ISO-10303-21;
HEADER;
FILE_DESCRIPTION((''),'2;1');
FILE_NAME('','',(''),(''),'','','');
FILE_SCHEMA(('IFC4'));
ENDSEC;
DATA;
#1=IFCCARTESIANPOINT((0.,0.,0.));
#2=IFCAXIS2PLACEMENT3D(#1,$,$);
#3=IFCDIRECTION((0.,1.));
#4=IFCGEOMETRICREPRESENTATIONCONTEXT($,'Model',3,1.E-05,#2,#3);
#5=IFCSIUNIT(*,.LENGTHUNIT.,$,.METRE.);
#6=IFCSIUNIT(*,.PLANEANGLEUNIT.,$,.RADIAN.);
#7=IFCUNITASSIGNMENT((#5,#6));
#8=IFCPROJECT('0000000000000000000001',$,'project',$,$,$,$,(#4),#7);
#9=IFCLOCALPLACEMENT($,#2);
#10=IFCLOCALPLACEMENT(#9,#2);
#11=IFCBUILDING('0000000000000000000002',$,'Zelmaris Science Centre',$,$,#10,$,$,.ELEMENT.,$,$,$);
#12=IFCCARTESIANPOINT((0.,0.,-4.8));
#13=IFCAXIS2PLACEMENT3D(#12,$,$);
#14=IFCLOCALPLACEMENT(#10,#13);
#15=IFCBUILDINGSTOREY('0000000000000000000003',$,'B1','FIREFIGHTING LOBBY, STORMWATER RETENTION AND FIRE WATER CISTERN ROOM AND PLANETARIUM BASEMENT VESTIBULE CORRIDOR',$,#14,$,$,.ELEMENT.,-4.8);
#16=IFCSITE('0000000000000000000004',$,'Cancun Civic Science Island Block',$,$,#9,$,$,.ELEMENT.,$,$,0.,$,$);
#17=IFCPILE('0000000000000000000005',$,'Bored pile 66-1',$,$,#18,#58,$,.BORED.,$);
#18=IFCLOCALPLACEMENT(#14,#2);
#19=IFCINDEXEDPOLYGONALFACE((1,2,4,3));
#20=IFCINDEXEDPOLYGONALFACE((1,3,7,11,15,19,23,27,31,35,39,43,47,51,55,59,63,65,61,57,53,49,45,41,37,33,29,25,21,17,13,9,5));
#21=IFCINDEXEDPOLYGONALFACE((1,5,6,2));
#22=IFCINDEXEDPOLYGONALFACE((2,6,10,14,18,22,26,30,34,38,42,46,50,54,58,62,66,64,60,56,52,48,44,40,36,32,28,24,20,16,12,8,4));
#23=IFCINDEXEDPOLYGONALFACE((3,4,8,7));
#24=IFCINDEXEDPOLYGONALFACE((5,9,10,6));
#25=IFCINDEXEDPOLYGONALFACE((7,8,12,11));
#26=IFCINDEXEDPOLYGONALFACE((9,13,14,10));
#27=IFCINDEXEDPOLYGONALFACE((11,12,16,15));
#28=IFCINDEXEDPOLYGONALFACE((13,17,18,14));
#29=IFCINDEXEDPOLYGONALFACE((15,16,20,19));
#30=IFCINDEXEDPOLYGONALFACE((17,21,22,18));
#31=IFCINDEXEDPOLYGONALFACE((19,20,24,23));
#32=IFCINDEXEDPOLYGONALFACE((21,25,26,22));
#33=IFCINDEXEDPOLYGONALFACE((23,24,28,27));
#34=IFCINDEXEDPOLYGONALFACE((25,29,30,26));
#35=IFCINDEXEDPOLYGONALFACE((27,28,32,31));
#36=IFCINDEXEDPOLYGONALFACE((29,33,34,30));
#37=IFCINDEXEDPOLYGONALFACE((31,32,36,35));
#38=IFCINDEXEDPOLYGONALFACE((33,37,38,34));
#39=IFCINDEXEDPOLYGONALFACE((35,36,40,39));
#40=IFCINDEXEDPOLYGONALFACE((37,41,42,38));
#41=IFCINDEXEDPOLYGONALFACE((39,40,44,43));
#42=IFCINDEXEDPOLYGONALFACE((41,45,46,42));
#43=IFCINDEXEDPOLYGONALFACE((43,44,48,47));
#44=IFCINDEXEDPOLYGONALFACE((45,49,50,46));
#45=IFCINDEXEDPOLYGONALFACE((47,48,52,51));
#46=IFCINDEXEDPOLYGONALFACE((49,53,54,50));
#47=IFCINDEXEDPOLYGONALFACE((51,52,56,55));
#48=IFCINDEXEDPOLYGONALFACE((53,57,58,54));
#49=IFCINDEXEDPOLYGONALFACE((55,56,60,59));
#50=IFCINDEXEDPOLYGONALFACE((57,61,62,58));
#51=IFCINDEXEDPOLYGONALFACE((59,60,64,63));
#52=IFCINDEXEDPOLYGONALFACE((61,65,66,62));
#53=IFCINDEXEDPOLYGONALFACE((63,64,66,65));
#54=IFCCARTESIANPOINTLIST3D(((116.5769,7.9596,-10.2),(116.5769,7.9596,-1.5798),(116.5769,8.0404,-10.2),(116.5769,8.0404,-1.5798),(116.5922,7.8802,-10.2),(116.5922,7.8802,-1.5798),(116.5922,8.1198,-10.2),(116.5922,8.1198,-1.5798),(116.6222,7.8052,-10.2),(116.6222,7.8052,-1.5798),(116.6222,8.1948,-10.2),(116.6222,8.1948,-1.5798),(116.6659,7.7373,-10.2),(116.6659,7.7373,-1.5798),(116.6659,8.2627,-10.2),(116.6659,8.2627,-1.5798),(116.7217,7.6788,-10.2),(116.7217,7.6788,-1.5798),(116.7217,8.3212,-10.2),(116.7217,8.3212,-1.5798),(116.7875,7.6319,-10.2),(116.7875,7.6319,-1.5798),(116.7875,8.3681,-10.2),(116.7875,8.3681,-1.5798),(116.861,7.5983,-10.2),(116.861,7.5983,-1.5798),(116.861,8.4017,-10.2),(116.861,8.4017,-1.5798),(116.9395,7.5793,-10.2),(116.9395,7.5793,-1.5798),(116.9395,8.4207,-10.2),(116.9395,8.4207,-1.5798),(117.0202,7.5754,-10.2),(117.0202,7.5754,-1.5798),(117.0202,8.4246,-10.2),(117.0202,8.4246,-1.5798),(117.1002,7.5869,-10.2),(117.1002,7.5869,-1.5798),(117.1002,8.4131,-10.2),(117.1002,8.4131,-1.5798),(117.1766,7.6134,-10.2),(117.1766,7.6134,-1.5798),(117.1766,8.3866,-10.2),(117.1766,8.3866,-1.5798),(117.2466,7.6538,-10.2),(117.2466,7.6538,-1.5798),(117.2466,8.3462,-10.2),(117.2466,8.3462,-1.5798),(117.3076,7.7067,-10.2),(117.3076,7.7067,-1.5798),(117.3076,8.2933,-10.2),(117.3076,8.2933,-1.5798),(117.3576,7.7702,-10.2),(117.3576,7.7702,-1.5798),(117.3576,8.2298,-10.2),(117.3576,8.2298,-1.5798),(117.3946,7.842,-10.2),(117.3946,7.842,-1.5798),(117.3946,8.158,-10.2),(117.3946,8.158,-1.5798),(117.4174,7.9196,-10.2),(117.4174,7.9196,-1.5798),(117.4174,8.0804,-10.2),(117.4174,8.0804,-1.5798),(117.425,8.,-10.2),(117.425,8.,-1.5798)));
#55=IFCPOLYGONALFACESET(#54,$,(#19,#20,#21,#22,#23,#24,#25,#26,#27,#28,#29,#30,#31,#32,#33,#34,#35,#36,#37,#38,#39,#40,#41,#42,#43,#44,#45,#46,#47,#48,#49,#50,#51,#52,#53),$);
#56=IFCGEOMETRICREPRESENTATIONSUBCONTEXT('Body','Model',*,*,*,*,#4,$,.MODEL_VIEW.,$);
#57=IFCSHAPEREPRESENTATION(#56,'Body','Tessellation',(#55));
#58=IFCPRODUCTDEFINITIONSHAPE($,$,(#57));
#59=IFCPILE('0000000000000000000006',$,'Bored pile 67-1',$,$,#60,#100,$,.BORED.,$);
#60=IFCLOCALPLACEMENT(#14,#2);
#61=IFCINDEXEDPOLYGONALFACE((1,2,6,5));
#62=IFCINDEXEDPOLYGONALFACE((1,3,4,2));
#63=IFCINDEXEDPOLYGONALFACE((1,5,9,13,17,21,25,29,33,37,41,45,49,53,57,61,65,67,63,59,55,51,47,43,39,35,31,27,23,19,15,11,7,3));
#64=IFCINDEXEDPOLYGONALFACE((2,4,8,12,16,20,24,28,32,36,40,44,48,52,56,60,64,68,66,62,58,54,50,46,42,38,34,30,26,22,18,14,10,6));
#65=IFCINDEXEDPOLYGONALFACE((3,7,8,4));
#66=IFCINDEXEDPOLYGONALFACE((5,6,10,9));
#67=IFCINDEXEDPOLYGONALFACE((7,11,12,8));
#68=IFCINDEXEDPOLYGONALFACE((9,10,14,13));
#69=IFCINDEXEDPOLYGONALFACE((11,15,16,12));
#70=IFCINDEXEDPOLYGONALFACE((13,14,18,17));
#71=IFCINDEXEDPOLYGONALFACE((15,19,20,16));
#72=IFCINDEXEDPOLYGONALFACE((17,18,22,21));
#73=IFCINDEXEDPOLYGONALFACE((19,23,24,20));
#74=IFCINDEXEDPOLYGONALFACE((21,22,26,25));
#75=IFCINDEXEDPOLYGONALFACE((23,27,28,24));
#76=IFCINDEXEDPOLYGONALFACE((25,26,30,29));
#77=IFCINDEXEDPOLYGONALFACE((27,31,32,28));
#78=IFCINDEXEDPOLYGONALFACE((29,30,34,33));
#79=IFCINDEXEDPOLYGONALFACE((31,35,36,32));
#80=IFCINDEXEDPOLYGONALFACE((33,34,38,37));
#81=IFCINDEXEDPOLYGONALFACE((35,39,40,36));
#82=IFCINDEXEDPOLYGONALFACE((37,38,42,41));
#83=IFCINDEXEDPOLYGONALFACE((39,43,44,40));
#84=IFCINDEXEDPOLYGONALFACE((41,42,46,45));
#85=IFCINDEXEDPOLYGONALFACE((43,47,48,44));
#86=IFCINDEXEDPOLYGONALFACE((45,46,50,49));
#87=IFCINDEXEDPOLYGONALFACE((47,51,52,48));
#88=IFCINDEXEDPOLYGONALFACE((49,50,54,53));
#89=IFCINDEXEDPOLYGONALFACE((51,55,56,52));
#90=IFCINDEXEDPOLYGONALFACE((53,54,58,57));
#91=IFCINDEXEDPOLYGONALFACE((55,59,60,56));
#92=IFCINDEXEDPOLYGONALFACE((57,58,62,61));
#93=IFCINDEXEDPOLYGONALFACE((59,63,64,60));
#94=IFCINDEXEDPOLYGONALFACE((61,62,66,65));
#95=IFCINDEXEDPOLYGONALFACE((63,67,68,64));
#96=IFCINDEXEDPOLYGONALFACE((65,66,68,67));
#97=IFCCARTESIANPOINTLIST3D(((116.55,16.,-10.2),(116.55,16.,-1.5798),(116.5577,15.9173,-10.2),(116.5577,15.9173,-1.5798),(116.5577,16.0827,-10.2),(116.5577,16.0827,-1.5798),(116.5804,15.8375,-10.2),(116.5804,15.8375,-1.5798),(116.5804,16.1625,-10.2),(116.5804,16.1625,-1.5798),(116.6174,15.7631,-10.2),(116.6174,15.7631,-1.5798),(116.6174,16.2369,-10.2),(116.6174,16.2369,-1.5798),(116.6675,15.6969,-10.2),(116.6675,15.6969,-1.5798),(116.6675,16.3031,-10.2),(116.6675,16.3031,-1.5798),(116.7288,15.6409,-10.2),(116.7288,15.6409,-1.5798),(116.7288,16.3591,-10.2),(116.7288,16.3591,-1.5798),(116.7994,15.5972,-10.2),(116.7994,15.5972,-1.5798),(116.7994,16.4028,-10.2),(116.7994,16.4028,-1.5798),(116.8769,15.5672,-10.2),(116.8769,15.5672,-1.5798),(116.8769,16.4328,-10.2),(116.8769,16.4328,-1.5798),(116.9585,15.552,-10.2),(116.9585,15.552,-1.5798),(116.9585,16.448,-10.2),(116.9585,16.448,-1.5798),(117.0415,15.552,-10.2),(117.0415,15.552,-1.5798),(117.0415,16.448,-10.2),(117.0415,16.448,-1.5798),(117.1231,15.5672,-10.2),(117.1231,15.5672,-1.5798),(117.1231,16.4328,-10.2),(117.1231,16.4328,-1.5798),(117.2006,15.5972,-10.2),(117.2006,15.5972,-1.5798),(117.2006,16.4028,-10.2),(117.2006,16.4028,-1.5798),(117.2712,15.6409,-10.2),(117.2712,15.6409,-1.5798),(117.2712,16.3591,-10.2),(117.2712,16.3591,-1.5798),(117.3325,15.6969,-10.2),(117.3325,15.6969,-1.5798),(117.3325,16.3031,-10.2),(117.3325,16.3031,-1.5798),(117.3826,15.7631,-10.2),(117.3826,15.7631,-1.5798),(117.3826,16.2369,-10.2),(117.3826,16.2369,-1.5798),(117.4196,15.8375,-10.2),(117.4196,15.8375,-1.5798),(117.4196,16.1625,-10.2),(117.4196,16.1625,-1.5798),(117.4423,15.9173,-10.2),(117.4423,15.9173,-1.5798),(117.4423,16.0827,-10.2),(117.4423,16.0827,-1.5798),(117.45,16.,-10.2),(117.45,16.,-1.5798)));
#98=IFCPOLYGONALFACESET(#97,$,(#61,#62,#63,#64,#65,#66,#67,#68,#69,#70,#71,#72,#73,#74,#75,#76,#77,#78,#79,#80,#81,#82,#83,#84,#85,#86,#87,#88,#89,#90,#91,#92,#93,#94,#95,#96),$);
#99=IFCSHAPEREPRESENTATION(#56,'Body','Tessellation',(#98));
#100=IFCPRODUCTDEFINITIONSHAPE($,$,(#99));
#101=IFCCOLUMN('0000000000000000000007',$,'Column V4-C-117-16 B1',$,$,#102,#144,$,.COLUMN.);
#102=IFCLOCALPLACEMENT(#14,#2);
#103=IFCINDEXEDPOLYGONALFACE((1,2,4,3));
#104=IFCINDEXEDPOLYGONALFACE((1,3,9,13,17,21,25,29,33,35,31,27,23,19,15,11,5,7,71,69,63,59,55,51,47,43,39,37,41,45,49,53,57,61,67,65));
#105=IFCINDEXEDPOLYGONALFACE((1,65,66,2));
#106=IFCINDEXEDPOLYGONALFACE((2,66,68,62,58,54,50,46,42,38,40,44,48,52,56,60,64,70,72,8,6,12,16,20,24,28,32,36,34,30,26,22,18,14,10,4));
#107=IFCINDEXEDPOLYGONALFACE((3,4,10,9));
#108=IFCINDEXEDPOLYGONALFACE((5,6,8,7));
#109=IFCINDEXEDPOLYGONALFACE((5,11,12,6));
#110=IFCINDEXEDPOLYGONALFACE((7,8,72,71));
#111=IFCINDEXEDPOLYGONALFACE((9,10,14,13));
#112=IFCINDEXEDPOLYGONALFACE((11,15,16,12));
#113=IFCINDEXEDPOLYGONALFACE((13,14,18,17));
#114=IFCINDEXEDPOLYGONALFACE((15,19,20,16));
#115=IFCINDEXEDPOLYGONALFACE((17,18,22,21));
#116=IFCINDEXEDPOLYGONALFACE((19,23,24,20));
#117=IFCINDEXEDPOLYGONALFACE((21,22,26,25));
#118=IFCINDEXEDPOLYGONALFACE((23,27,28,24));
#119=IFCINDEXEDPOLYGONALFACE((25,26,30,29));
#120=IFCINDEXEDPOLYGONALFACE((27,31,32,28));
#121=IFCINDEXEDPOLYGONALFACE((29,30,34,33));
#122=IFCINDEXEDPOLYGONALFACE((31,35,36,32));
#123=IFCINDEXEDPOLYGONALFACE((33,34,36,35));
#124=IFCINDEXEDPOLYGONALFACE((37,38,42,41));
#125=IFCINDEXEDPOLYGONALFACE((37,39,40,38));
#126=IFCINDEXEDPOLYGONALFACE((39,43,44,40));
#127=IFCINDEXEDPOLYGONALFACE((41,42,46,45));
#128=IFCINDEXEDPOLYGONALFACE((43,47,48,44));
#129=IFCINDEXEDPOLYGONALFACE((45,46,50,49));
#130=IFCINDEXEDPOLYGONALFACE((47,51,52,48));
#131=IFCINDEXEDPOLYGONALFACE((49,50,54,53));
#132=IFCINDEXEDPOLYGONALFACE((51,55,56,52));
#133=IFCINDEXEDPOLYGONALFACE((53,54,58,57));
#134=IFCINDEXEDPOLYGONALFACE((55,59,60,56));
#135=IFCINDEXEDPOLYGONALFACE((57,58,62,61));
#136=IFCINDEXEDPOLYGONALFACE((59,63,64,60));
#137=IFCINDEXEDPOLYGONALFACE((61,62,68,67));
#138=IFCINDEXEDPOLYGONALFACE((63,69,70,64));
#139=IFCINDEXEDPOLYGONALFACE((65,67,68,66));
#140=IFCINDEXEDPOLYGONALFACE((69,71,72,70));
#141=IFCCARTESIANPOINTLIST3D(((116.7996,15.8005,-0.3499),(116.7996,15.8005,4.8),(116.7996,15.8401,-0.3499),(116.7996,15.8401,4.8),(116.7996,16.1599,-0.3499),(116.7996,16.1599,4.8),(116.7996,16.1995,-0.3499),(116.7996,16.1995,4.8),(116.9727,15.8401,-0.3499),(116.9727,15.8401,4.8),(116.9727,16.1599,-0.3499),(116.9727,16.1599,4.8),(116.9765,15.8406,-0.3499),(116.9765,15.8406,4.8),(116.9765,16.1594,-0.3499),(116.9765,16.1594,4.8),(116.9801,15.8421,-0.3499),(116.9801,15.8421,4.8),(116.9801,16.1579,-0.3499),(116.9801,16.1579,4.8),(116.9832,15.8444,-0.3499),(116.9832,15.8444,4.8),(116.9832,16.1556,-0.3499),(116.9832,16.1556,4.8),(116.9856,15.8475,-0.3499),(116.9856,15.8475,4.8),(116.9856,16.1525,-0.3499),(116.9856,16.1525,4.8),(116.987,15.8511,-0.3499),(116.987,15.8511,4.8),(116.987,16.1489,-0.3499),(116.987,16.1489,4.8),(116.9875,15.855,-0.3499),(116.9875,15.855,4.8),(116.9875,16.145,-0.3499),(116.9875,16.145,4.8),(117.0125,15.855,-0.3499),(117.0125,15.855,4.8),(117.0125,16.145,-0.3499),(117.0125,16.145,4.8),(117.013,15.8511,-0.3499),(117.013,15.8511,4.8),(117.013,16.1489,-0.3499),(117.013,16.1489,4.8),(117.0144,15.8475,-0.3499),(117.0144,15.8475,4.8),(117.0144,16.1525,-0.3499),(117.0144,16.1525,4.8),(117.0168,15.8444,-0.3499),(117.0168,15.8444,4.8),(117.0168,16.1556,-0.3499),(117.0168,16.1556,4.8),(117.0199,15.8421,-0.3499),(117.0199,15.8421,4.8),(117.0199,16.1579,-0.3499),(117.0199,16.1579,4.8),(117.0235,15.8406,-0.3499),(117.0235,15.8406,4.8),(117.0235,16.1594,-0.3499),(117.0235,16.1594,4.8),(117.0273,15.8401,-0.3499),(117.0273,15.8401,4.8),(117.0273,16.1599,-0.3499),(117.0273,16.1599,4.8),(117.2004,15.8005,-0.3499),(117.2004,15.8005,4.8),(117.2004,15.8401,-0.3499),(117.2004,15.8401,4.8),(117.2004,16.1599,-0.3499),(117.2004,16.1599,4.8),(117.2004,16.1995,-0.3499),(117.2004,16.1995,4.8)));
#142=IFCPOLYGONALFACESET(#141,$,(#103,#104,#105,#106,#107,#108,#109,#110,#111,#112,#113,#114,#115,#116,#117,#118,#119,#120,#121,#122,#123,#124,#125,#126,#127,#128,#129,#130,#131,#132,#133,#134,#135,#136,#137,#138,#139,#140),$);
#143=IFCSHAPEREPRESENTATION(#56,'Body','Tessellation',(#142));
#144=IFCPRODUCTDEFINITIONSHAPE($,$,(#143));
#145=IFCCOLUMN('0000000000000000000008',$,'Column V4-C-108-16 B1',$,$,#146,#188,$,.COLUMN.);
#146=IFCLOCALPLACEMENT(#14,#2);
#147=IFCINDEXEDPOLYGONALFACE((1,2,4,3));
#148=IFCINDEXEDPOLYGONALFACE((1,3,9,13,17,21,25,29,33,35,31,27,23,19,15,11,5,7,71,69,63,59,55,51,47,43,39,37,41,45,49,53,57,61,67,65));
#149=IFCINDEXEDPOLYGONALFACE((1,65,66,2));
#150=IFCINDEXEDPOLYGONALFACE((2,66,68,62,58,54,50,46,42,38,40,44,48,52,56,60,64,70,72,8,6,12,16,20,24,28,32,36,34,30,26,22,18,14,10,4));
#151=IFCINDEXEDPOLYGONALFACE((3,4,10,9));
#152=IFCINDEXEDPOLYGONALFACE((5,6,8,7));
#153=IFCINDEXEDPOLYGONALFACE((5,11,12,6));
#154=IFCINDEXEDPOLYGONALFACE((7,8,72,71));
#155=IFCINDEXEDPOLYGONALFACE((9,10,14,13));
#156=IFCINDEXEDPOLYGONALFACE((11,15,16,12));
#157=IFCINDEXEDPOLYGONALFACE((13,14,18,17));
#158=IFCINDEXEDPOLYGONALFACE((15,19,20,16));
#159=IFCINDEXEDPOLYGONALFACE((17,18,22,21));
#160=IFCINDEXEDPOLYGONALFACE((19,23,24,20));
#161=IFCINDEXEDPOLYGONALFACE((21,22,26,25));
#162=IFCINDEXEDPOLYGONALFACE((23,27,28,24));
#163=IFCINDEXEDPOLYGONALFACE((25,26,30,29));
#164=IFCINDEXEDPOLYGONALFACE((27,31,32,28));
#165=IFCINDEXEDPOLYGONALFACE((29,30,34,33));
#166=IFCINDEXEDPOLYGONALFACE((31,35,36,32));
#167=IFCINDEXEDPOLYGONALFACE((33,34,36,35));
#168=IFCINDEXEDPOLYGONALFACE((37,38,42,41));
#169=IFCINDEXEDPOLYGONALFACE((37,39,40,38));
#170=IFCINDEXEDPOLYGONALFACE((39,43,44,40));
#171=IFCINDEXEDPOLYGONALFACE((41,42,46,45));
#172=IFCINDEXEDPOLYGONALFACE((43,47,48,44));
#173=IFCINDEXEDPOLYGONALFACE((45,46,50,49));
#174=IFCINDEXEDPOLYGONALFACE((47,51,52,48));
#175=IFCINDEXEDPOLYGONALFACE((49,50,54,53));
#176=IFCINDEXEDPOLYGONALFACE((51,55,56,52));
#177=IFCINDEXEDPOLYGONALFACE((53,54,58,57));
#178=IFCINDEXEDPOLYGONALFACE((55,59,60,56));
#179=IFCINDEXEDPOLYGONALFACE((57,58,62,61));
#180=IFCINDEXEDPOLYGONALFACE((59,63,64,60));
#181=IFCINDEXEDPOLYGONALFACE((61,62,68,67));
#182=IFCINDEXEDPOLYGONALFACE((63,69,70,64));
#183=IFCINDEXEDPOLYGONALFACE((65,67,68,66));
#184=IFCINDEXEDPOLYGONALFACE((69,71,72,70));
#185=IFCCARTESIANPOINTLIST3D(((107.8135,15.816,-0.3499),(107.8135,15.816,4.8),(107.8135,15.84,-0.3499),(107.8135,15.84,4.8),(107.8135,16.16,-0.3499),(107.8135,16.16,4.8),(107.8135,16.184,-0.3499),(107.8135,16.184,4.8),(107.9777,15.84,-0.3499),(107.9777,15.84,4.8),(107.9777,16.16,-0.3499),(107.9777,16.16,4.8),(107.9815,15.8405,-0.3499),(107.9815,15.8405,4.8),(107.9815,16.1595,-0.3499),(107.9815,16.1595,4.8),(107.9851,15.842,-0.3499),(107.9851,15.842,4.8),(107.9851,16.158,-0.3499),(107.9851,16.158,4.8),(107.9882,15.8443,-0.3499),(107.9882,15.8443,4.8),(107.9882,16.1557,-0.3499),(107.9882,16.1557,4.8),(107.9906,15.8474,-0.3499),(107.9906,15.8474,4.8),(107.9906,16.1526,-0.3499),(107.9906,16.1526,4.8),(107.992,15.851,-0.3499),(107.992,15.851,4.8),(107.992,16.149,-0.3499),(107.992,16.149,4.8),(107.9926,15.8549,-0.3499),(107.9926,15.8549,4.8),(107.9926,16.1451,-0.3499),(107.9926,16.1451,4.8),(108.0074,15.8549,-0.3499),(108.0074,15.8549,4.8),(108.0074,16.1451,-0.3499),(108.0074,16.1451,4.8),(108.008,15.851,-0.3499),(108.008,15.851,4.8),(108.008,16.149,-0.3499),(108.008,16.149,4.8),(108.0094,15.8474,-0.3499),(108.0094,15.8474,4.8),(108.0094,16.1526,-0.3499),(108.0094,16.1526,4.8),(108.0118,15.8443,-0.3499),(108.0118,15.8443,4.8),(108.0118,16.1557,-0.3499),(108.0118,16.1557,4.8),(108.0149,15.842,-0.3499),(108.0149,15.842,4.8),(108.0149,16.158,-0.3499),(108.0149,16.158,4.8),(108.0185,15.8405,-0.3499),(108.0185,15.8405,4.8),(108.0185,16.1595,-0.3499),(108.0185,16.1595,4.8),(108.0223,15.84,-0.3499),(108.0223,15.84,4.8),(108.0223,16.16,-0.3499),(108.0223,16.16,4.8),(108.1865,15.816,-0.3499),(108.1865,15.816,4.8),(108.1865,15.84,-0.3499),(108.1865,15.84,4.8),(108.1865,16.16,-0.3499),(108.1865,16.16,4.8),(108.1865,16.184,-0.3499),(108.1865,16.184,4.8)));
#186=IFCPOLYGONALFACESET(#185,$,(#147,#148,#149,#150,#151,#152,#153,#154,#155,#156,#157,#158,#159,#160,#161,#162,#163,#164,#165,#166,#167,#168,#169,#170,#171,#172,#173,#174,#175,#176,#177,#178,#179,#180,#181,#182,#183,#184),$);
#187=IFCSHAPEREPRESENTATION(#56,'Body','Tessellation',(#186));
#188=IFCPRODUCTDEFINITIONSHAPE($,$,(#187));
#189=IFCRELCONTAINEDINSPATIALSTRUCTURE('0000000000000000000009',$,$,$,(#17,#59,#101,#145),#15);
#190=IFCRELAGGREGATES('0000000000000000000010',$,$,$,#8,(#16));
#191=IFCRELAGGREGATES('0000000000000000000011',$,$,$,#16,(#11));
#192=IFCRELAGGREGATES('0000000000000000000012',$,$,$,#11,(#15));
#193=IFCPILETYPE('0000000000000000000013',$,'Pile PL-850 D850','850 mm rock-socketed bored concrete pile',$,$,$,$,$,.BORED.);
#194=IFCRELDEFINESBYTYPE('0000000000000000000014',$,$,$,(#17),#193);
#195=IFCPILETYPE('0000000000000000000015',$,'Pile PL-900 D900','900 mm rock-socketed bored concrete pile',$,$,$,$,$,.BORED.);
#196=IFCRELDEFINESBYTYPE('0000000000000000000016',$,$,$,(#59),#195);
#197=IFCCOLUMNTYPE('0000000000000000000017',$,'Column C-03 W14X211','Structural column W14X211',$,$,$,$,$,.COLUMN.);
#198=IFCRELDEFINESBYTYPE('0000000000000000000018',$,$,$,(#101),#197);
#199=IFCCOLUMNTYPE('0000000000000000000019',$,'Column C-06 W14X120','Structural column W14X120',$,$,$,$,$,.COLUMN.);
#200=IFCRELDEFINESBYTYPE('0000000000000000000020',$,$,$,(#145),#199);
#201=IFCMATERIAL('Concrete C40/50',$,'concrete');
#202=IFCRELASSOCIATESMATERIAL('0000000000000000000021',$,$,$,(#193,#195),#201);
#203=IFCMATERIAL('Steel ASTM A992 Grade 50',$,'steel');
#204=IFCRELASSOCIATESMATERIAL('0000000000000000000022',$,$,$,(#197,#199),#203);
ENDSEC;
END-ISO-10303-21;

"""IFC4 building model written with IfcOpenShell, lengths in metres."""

from ifc_helpers import new_model, si_unit, direction, frame, origin, origin_2d, place, context, subcontext, project, spatial, circle, i_section, extrude, material, material_profile, profile_set, type_object, element, save


model = new_model("IFC4")

# Units and contexts
model_context = context("Model", 3, precision=1e-05, world=origin(), true_north=direction((0.0, 1.0)))
body_context = subcontext(model_context, "Body", "Model", "MODEL_VIEW")
ifc_project = project(units=[si_unit("LENGTHUNIT", "METRE"), si_unit("PLANEANGLEUNIT", "RADIAN")], contexts=[model_context])

# Site, building, storey
site_placement = place(None, origin())
site = spatial("IfcSite", under=ifc_project, at=site_placement, Name="Cancun Civic Science Island Block", CompositionType="ELEMENT", RefElevation=0.0)
building_placement = place(site_placement, origin())
building = spatial("IfcBuilding", under=site, at=building_placement, Name="Zelmaris Science Centre", CompositionType="ELEMENT")
storey_placement = place(building_placement, frame((0.0, 0.0, -4.8)))
storey = spatial("IfcBuildingStorey", under=building, at=storey_placement, Name="B1", Description="FIREFIGHTING LOBBY, STORMWATER RETENTION AND FIRE WATER CISTERN ROOM AND PLANETARIUM BASEMENT VESTIBULE CORRIDOR", CompositionType="ELEMENT", Elevation=-4.8)

# Shared definitions
ifc_material_1 = material(Name="Concrete C40/50", Category="concrete")

# Piles
ifc_material_profile_1 = material_profile(ifc_material_1, circle(Radius=0.425, at=origin_2d()), Name="PILE-850")
ifc_profile_set_1 = profile_set([ifc_material_profile_1], Name="Concrete C40/50")
pile_type_1 = type_object("IfcPileType", Name="Pile PL-850 D850", Description="850 mm rock-socketed bored concrete pile", PredefinedType="BORED", material=ifc_profile_set_1)
pile_1_placement = place(storey_placement, frame((117.0, 8.0, -1.5798), z_axis=(0.0, 0.0, -1.0), x_axis=(1.0, 0.0, 0.0)))
element("IfcPile", 1, at=pile_1_placement, inside=storey, type_object=pile_type_1, Name="Bored pile 66-1", PredefinedType="BORED", context=body_context, shape_type="SweptSolid", body=[
    extrude(circle(Radius=0.425, at=origin_2d()), origin(), (0.0, 0.0, 1.0), 8.6201),
])
ifc_material_profile_2 = material_profile(ifc_material_1, circle(Radius=0.45, at=origin_2d()), Name="PILE-900")
ifc_profile_set_2 = profile_set([ifc_material_profile_2], Name="Concrete C40/50")
pile_type_2 = type_object("IfcPileType", Name="Pile PL-900 D900", Description="900 mm rock-socketed bored concrete pile", PredefinedType="BORED", material=ifc_profile_set_2)
pile_2_placement = place(storey_placement, frame((117.0, 16.0, -1.5798), z_axis=(0.0, 0.0, -1.0), x_axis=(1.0, 0.0, 0.0)))
element("IfcPile", 2, at=pile_2_placement, inside=storey, type_object=pile_type_2, Name="Bored pile 67-1", PredefinedType="BORED", context=body_context, shape_type="SweptSolid", body=[
    extrude(circle(Radius=0.45, at=origin_2d()), origin(), (0.0, 0.0, 1.0), 8.6201),
])

# Columns
ifc_material_2 = material(Name="Steel ASTM A992 Grade 50", Category="steel")
ifc_material_profile_3 = material_profile(ifc_material_2, i_section(OverallWidth=0.4009, OverallDepth=0.3989, WebThickness=0.0249, FlangeThickness=0.0396, FilletRadius=0.0149, at=origin_2d()), Name="W14X211")
ifc_profile_set_3 = profile_set([ifc_material_profile_3], Name="Steel ASTM A992 Grade 50")
column_type_1 = type_object("IfcColumnType", Name="Column C-03 W14X211", Description="Structural column W14X211", PredefinedType="COLUMN", material=ifc_profile_set_3)
column_1_placement = place(storey_placement, frame((117.0, 16.0, -0.3499), z_axis=(0.0, 0.0, 1.0), x_axis=(1.0, 0.0, 0.0)))
element("IfcColumn", 3, at=column_1_placement, inside=storey, type_object=column_type_1, Name="Column V4-C-117-16 B1", PredefinedType="COLUMN", context=body_context, shape_type="SweptSolid", body=[
    extrude(i_section(OverallWidth=0.4009, OverallDepth=0.3989, WebThickness=0.0249, FlangeThickness=0.0396, FilletRadius=0.0149, at=origin_2d()), origin(), (0.0, 0.0, 1.0), 5.1499),
])
ifc_material_profile_4 = material_profile(ifc_material_2, i_section(OverallWidth=0.373, OverallDepth=0.3679, WebThickness=0.0149, FlangeThickness=0.0239, FilletRadius=0.0149, at=origin_2d()), Name="W14X120")
ifc_profile_set_4 = profile_set([ifc_material_profile_4], Name="Steel ASTM A992 Grade 50")
column_type_2 = type_object("IfcColumnType", Name="Column C-06 W14X120", Description="Structural column W14X120", PredefinedType="COLUMN", material=ifc_profile_set_4)
column_2_placement = place(storey_placement, frame((108.0, 16.0, -0.3499), z_axis=(0.0, 0.0, 1.0), x_axis=(1.0, 0.0, 0.0)))
element("IfcColumn", 4, at=column_2_placement, inside=storey, type_object=column_type_2, Name="Column V4-C-108-16 B1", PredefinedType="COLUMN", context=body_context, shape_type="SweptSolid", body=[
    extrude(i_section(OverallWidth=0.373, OverallDepth=0.3679, WebThickness=0.0149, FlangeThickness=0.0239, FilletRadius=0.0149, at=origin_2d()), origin(), (0.0, 0.0, 1.0), 5.1499),
])

save(model, "model.ifc")
